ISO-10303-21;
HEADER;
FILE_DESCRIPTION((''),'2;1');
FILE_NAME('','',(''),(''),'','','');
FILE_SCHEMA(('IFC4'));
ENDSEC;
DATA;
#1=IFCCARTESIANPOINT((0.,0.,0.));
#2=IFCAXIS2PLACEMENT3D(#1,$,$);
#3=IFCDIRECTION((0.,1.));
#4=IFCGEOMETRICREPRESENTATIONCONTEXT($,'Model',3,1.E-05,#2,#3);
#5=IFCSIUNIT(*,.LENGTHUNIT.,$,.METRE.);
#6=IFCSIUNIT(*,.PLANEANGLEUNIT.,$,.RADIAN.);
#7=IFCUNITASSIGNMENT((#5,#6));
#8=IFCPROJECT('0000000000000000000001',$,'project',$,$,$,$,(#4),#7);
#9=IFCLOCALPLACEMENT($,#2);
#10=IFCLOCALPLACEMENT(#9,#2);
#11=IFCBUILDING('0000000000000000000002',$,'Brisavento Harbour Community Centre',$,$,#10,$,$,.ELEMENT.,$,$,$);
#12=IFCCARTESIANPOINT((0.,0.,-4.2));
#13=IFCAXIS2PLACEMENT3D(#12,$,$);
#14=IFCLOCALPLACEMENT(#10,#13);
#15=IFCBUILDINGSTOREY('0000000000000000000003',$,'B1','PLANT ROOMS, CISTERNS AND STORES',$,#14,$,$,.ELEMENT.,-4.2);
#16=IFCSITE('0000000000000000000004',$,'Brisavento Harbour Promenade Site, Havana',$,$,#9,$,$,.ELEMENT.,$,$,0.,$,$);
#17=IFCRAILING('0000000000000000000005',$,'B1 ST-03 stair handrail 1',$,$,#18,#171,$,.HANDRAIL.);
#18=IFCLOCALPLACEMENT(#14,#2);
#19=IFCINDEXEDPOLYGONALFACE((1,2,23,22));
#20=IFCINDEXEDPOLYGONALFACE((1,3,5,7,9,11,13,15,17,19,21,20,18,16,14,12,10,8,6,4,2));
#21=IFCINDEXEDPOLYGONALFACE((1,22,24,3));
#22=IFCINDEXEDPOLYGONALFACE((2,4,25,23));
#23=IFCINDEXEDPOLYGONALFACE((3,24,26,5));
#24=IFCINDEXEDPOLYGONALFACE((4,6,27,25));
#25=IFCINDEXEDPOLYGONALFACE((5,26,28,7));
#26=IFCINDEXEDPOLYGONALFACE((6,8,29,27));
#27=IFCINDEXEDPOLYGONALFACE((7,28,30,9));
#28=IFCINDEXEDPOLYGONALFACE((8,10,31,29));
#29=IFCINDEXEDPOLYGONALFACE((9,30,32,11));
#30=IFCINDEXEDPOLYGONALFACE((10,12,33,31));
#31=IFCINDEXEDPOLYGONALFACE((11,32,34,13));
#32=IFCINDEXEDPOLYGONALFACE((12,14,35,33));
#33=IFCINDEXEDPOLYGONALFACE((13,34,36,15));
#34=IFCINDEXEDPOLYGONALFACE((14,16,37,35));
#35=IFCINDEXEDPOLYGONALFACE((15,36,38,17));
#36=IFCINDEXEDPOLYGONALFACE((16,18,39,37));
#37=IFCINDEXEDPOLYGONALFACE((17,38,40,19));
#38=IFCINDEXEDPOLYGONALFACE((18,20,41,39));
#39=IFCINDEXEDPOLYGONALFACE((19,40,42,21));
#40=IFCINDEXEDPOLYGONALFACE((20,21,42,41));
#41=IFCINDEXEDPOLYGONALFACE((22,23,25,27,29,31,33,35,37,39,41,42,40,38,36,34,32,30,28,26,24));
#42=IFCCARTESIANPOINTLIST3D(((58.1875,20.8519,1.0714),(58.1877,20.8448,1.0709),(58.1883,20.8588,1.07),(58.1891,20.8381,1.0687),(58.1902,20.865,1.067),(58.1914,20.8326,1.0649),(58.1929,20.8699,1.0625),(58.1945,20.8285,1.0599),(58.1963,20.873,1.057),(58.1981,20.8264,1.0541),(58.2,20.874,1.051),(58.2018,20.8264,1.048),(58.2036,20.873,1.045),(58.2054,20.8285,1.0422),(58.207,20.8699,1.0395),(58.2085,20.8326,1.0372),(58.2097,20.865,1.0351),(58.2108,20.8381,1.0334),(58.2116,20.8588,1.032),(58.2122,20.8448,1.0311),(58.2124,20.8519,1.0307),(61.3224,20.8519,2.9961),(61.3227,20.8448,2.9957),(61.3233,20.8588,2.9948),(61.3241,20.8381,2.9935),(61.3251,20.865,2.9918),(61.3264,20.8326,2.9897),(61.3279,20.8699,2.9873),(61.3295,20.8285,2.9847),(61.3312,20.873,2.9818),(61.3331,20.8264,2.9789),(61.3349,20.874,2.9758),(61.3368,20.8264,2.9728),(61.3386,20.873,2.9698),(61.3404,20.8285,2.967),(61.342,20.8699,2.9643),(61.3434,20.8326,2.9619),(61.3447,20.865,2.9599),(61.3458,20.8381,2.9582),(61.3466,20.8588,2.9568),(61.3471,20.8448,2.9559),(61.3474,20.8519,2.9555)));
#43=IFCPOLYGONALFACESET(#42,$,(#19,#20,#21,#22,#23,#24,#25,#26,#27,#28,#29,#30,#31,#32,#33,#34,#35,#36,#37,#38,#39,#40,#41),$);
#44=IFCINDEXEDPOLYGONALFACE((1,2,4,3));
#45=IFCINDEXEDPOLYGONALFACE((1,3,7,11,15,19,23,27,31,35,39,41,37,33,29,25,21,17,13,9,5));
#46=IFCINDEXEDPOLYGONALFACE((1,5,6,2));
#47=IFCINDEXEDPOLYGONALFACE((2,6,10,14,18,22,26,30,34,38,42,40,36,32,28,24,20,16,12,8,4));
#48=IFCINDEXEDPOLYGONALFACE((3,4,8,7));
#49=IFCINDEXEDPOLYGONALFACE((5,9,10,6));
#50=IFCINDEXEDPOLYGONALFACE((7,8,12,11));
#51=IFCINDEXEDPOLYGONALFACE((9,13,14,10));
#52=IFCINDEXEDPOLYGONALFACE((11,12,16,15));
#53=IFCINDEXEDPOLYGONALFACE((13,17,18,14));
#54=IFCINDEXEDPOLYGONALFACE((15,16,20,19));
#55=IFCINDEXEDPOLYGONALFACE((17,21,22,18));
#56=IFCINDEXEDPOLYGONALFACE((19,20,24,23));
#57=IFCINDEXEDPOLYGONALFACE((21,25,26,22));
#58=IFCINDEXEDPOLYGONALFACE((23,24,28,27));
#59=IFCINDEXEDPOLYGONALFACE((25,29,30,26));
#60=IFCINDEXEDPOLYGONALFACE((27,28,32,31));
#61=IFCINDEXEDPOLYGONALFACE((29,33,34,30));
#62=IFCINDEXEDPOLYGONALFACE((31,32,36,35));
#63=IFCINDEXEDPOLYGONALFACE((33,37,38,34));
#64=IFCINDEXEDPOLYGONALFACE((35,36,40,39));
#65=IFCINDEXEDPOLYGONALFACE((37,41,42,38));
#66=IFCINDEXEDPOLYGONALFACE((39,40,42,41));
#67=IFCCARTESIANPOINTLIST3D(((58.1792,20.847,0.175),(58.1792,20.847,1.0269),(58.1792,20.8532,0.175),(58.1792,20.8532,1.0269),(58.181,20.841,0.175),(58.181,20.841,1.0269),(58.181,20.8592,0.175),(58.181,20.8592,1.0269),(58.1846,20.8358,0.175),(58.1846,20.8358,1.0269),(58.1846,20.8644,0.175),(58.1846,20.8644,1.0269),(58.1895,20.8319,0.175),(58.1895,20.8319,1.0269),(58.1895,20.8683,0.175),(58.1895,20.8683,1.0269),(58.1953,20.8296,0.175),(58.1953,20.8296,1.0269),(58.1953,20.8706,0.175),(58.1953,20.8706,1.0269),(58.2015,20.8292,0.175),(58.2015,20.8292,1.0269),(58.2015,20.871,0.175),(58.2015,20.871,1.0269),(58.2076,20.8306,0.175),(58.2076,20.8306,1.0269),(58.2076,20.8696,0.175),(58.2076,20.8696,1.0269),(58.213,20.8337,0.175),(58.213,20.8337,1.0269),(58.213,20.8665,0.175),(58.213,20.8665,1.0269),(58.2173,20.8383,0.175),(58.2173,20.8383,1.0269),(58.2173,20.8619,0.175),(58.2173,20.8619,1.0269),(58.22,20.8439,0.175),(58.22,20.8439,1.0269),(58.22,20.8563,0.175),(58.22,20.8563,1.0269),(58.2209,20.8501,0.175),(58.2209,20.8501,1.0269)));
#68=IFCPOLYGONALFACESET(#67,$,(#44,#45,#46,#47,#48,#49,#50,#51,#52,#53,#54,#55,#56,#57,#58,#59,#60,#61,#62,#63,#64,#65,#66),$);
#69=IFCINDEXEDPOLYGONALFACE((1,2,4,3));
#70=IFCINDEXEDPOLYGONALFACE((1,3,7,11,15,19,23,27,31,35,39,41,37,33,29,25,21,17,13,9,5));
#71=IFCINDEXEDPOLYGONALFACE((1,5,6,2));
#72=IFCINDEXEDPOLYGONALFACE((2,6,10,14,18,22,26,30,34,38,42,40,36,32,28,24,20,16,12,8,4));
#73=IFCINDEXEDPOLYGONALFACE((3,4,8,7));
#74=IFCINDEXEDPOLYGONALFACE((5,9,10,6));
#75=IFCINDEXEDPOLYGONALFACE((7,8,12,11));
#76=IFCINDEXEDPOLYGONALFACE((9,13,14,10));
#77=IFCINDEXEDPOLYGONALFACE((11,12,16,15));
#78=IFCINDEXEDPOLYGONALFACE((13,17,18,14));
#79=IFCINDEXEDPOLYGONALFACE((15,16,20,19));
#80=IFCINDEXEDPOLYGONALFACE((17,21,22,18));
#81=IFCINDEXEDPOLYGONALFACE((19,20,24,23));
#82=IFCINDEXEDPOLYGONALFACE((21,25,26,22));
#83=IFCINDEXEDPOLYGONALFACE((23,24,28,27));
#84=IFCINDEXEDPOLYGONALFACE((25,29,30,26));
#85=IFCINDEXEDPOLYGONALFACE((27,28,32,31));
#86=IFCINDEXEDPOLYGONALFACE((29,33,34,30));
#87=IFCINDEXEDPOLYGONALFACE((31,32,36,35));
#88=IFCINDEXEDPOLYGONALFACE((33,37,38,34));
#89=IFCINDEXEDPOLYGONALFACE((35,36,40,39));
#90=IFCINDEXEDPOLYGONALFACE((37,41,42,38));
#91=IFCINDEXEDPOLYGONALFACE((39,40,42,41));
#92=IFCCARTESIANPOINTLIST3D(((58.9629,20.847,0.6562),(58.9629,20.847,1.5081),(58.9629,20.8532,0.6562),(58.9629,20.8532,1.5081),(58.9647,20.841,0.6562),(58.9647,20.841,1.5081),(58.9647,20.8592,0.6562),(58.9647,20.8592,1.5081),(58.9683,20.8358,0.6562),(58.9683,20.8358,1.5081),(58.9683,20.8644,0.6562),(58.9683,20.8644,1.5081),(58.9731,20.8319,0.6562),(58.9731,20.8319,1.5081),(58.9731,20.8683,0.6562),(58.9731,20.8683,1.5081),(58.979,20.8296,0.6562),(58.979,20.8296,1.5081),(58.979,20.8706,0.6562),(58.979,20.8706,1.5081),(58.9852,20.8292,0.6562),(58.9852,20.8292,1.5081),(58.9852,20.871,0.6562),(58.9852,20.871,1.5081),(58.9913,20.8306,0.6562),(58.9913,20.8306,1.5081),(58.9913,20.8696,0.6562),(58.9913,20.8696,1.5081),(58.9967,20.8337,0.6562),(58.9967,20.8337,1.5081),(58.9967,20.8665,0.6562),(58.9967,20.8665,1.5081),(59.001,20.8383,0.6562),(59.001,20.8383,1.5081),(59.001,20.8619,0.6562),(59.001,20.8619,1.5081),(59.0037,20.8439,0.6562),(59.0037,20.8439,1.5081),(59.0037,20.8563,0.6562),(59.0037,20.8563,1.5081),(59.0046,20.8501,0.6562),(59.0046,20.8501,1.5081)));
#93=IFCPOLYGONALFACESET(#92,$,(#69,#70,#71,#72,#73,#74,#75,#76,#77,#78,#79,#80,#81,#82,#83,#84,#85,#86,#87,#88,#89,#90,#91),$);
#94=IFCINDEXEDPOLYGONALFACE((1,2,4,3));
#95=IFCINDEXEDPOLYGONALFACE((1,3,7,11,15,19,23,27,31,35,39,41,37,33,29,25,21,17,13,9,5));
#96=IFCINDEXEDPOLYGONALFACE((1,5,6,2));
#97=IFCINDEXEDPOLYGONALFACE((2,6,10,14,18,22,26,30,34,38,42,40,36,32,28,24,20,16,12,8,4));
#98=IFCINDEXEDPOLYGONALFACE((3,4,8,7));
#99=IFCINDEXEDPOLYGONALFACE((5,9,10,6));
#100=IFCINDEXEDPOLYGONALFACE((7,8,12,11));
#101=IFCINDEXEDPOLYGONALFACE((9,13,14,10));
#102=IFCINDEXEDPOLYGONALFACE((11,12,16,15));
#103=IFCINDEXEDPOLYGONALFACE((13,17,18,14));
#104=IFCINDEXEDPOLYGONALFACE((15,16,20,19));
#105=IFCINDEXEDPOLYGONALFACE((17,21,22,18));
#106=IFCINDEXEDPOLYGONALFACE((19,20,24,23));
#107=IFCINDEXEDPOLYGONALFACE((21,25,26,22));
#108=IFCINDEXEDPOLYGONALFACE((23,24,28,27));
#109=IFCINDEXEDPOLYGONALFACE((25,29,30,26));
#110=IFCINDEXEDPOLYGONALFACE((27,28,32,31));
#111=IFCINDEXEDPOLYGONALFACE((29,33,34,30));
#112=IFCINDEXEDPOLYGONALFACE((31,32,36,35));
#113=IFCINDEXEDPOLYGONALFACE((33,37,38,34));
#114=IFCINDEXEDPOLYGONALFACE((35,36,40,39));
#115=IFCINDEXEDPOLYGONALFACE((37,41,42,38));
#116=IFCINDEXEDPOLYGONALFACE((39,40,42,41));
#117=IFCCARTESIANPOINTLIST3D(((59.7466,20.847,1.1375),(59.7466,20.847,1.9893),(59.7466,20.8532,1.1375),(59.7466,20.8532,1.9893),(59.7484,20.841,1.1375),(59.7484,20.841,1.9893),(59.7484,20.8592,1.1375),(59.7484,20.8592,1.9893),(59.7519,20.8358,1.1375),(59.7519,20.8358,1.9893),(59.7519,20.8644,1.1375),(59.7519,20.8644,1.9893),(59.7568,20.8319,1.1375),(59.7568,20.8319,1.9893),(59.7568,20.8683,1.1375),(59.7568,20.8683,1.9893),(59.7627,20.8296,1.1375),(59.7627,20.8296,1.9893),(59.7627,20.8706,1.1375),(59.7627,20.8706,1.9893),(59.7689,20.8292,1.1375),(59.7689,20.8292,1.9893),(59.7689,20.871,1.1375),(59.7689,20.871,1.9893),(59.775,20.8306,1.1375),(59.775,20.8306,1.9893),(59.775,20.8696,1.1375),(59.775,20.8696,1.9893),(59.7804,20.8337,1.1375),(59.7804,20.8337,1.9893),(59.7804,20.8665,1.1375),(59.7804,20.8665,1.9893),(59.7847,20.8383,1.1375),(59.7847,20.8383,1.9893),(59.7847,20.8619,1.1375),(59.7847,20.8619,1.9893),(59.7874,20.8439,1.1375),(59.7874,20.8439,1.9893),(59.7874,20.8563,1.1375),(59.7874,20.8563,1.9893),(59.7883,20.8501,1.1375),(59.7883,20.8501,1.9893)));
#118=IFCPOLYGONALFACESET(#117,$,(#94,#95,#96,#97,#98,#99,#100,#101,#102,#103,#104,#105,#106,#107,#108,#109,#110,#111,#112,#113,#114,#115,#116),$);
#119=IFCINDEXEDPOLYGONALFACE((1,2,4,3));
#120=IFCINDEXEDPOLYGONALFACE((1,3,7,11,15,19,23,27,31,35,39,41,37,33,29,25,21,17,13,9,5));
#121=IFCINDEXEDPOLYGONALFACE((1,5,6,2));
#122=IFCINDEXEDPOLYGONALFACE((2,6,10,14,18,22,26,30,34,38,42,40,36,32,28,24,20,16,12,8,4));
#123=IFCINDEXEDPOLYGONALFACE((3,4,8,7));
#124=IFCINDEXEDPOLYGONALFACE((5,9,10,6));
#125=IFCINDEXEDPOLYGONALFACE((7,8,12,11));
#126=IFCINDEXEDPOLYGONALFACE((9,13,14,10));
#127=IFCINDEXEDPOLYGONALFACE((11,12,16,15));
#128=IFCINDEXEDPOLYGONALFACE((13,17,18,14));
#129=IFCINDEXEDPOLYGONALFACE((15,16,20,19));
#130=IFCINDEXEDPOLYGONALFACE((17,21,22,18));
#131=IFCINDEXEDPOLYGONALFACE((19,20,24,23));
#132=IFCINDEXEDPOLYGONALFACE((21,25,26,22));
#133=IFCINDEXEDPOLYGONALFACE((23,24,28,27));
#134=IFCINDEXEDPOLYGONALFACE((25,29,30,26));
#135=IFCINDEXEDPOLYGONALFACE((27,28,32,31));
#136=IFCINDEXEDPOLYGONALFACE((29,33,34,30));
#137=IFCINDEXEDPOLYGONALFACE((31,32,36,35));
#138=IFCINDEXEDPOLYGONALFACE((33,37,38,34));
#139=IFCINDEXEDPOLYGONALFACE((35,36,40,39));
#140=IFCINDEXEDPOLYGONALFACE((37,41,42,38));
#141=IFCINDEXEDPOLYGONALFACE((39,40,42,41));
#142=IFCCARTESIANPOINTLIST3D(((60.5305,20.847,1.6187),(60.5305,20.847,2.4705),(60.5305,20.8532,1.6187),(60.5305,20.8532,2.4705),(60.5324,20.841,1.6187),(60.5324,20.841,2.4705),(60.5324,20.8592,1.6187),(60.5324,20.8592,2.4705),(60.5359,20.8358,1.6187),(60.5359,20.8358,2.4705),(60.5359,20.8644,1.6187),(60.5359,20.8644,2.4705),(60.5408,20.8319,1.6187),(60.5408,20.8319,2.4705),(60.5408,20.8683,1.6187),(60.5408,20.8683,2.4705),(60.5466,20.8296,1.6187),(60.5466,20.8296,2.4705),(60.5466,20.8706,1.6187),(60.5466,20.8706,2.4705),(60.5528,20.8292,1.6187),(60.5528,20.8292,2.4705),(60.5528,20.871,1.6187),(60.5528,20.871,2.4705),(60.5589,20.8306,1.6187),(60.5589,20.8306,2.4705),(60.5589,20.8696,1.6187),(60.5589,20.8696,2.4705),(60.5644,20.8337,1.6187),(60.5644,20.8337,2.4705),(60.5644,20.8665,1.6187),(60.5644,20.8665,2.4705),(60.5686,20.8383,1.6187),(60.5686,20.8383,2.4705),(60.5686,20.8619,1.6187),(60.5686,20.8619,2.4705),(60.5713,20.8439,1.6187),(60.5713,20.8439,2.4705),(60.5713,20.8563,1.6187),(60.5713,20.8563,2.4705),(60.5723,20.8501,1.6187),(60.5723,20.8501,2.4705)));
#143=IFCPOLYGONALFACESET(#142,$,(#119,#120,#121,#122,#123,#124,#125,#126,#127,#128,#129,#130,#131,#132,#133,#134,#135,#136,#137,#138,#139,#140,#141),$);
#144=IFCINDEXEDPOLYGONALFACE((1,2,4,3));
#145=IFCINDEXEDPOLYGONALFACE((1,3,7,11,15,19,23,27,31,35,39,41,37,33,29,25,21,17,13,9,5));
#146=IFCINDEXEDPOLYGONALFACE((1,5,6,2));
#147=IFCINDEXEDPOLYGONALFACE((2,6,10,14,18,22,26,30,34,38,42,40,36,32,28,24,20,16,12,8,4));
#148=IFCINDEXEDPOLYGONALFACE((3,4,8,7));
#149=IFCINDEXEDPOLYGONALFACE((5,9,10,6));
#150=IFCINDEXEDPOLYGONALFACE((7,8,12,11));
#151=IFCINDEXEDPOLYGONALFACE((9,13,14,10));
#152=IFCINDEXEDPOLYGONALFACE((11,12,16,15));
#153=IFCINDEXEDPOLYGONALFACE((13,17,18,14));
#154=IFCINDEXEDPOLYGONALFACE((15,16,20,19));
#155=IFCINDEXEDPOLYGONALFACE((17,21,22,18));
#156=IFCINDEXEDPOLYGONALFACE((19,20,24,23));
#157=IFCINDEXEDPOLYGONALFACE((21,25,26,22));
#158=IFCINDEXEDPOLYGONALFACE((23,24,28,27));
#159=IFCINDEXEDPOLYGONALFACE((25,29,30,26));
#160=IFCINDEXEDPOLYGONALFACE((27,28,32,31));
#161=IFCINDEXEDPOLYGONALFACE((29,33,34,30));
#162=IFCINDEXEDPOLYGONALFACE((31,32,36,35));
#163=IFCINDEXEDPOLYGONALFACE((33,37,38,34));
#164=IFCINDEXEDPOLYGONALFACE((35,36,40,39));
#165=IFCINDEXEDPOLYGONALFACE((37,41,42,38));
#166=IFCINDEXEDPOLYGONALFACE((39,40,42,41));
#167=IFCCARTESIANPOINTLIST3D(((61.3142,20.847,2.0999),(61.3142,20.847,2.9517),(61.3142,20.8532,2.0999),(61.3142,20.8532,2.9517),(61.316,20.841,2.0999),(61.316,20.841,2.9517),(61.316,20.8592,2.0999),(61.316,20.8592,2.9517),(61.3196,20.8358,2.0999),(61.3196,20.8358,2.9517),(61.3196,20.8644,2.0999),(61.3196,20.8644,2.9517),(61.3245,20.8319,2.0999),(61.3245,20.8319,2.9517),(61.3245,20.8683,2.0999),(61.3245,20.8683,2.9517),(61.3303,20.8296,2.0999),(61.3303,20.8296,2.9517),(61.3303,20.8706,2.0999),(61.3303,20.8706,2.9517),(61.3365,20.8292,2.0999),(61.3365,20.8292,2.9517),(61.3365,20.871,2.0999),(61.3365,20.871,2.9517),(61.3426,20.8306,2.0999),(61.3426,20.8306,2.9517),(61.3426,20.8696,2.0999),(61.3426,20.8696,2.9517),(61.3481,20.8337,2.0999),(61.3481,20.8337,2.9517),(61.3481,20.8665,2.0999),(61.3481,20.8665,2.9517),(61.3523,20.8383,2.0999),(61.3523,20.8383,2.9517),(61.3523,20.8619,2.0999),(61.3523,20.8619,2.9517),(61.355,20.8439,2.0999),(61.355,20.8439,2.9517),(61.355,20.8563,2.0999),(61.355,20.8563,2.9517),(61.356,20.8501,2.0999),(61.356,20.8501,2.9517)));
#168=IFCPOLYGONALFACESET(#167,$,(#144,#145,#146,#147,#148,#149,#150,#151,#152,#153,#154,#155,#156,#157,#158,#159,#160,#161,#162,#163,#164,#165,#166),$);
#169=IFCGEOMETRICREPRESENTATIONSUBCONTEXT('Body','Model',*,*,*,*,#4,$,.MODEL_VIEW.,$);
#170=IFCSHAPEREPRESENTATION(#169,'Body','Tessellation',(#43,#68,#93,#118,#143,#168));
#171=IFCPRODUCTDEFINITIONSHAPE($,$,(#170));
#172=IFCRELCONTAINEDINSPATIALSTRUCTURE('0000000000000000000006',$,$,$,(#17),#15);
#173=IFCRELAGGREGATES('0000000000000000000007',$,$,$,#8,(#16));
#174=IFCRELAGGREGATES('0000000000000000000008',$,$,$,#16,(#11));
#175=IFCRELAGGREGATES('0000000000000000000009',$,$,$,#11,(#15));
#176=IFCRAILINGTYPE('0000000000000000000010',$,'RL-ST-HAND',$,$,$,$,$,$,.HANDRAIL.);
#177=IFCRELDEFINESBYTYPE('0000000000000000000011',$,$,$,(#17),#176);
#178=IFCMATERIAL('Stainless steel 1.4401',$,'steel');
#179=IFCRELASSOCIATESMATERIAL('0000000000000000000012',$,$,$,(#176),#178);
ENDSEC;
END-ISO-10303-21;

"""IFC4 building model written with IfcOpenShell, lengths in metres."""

from ifc_helpers import new_model, si_unit, direction, frame, origin, origin_2d, place, context, subcontext, project, spatial, circle, extrude, material, type_object, element, save


model = new_model("IFC4")

# Units and contexts
model_context = context("Model", 3, precision=1e-05, world=origin(), true_north=direction((0.0, 1.0)))
body_context = subcontext(model_context, "Body", "Model", "MODEL_VIEW")
ifc_project = project(units=[si_unit("LENGTHUNIT", "METRE"), si_unit("PLANEANGLEUNIT", "RADIAN")], contexts=[model_context])

# Site, building, storey
site_placement = place(None, origin())
site = spatial("IfcSite", under=ifc_project, at=site_placement, Name="Brisavento Harbour Promenade Site, Havana", CompositionType="ELEMENT", RefElevation=0.0)
building_placement = place(site_placement, origin())
building = spatial("IfcBuilding", under=site, at=building_placement, Name="Brisavento Harbour Community Centre", CompositionType="ELEMENT")
storey_placement = place(building_placement, frame((0.0, 0.0, -4.2)))
storey = spatial("IfcBuildingStorey", under=building, at=storey_placement, Name="B1", Description="PLANT ROOMS, CISTERNS AND STORES", CompositionType="ELEMENT", Elevation=-4.2)

# Railing
ifc_material_1 = material(Name="Stainless steel 1.4401", Category="steel")
railing_type_1 = type_object("IfcRailingType", Name="RL-ST-HAND", PredefinedType="HANDRAIL", material=ifc_material_1)
railing_1_placement = place(storey_placement, frame((58.2, 20.8501, 0.175)))
element("IfcRailing", 1, at=railing_1_placement, inside=storey, type_object=railing_type_1, Name="B1 ST-03 stair handrail 1", PredefinedType="HANDRAIL", context=body_context, shape_type="SweptSolid", body=[
    extrude(circle(Radius=0.0239, at=origin_2d()), frame((0.0, 0.0, 0.876), z_axis=(0.852196, 0.0, 0.523223), x_axis=(0.0, 1.0, 0.0)), (0.0, 0.0, 1.0), 3.6787),
    extrude(circle(Radius=0.021, at=origin_2d()), origin(), (0.0, 0.0, 1.0), 0.8518),
    extrude(circle(Radius=0.021, at=origin_2d()), frame((0.7837, 0.0, 0.4812)), (0.0, 0.0, 1.0), 0.8518),
    extrude(circle(Radius=0.021, at=origin_2d()), frame((1.5674, 0.0, 0.9624)), (0.0, 0.0, 1.0), 0.8518),
    extrude(circle(Radius=0.021, at=origin_2d()), frame((2.3513, 0.0, 1.4436)), (0.0, 0.0, 1.0), 0.8518),
    extrude(circle(Radius=0.021, at=origin_2d()), frame((3.135, 0.0, 1.9248)), (0.0, 0.0, 1.0), 0.8518),
])

save(model, "model.ifc")
